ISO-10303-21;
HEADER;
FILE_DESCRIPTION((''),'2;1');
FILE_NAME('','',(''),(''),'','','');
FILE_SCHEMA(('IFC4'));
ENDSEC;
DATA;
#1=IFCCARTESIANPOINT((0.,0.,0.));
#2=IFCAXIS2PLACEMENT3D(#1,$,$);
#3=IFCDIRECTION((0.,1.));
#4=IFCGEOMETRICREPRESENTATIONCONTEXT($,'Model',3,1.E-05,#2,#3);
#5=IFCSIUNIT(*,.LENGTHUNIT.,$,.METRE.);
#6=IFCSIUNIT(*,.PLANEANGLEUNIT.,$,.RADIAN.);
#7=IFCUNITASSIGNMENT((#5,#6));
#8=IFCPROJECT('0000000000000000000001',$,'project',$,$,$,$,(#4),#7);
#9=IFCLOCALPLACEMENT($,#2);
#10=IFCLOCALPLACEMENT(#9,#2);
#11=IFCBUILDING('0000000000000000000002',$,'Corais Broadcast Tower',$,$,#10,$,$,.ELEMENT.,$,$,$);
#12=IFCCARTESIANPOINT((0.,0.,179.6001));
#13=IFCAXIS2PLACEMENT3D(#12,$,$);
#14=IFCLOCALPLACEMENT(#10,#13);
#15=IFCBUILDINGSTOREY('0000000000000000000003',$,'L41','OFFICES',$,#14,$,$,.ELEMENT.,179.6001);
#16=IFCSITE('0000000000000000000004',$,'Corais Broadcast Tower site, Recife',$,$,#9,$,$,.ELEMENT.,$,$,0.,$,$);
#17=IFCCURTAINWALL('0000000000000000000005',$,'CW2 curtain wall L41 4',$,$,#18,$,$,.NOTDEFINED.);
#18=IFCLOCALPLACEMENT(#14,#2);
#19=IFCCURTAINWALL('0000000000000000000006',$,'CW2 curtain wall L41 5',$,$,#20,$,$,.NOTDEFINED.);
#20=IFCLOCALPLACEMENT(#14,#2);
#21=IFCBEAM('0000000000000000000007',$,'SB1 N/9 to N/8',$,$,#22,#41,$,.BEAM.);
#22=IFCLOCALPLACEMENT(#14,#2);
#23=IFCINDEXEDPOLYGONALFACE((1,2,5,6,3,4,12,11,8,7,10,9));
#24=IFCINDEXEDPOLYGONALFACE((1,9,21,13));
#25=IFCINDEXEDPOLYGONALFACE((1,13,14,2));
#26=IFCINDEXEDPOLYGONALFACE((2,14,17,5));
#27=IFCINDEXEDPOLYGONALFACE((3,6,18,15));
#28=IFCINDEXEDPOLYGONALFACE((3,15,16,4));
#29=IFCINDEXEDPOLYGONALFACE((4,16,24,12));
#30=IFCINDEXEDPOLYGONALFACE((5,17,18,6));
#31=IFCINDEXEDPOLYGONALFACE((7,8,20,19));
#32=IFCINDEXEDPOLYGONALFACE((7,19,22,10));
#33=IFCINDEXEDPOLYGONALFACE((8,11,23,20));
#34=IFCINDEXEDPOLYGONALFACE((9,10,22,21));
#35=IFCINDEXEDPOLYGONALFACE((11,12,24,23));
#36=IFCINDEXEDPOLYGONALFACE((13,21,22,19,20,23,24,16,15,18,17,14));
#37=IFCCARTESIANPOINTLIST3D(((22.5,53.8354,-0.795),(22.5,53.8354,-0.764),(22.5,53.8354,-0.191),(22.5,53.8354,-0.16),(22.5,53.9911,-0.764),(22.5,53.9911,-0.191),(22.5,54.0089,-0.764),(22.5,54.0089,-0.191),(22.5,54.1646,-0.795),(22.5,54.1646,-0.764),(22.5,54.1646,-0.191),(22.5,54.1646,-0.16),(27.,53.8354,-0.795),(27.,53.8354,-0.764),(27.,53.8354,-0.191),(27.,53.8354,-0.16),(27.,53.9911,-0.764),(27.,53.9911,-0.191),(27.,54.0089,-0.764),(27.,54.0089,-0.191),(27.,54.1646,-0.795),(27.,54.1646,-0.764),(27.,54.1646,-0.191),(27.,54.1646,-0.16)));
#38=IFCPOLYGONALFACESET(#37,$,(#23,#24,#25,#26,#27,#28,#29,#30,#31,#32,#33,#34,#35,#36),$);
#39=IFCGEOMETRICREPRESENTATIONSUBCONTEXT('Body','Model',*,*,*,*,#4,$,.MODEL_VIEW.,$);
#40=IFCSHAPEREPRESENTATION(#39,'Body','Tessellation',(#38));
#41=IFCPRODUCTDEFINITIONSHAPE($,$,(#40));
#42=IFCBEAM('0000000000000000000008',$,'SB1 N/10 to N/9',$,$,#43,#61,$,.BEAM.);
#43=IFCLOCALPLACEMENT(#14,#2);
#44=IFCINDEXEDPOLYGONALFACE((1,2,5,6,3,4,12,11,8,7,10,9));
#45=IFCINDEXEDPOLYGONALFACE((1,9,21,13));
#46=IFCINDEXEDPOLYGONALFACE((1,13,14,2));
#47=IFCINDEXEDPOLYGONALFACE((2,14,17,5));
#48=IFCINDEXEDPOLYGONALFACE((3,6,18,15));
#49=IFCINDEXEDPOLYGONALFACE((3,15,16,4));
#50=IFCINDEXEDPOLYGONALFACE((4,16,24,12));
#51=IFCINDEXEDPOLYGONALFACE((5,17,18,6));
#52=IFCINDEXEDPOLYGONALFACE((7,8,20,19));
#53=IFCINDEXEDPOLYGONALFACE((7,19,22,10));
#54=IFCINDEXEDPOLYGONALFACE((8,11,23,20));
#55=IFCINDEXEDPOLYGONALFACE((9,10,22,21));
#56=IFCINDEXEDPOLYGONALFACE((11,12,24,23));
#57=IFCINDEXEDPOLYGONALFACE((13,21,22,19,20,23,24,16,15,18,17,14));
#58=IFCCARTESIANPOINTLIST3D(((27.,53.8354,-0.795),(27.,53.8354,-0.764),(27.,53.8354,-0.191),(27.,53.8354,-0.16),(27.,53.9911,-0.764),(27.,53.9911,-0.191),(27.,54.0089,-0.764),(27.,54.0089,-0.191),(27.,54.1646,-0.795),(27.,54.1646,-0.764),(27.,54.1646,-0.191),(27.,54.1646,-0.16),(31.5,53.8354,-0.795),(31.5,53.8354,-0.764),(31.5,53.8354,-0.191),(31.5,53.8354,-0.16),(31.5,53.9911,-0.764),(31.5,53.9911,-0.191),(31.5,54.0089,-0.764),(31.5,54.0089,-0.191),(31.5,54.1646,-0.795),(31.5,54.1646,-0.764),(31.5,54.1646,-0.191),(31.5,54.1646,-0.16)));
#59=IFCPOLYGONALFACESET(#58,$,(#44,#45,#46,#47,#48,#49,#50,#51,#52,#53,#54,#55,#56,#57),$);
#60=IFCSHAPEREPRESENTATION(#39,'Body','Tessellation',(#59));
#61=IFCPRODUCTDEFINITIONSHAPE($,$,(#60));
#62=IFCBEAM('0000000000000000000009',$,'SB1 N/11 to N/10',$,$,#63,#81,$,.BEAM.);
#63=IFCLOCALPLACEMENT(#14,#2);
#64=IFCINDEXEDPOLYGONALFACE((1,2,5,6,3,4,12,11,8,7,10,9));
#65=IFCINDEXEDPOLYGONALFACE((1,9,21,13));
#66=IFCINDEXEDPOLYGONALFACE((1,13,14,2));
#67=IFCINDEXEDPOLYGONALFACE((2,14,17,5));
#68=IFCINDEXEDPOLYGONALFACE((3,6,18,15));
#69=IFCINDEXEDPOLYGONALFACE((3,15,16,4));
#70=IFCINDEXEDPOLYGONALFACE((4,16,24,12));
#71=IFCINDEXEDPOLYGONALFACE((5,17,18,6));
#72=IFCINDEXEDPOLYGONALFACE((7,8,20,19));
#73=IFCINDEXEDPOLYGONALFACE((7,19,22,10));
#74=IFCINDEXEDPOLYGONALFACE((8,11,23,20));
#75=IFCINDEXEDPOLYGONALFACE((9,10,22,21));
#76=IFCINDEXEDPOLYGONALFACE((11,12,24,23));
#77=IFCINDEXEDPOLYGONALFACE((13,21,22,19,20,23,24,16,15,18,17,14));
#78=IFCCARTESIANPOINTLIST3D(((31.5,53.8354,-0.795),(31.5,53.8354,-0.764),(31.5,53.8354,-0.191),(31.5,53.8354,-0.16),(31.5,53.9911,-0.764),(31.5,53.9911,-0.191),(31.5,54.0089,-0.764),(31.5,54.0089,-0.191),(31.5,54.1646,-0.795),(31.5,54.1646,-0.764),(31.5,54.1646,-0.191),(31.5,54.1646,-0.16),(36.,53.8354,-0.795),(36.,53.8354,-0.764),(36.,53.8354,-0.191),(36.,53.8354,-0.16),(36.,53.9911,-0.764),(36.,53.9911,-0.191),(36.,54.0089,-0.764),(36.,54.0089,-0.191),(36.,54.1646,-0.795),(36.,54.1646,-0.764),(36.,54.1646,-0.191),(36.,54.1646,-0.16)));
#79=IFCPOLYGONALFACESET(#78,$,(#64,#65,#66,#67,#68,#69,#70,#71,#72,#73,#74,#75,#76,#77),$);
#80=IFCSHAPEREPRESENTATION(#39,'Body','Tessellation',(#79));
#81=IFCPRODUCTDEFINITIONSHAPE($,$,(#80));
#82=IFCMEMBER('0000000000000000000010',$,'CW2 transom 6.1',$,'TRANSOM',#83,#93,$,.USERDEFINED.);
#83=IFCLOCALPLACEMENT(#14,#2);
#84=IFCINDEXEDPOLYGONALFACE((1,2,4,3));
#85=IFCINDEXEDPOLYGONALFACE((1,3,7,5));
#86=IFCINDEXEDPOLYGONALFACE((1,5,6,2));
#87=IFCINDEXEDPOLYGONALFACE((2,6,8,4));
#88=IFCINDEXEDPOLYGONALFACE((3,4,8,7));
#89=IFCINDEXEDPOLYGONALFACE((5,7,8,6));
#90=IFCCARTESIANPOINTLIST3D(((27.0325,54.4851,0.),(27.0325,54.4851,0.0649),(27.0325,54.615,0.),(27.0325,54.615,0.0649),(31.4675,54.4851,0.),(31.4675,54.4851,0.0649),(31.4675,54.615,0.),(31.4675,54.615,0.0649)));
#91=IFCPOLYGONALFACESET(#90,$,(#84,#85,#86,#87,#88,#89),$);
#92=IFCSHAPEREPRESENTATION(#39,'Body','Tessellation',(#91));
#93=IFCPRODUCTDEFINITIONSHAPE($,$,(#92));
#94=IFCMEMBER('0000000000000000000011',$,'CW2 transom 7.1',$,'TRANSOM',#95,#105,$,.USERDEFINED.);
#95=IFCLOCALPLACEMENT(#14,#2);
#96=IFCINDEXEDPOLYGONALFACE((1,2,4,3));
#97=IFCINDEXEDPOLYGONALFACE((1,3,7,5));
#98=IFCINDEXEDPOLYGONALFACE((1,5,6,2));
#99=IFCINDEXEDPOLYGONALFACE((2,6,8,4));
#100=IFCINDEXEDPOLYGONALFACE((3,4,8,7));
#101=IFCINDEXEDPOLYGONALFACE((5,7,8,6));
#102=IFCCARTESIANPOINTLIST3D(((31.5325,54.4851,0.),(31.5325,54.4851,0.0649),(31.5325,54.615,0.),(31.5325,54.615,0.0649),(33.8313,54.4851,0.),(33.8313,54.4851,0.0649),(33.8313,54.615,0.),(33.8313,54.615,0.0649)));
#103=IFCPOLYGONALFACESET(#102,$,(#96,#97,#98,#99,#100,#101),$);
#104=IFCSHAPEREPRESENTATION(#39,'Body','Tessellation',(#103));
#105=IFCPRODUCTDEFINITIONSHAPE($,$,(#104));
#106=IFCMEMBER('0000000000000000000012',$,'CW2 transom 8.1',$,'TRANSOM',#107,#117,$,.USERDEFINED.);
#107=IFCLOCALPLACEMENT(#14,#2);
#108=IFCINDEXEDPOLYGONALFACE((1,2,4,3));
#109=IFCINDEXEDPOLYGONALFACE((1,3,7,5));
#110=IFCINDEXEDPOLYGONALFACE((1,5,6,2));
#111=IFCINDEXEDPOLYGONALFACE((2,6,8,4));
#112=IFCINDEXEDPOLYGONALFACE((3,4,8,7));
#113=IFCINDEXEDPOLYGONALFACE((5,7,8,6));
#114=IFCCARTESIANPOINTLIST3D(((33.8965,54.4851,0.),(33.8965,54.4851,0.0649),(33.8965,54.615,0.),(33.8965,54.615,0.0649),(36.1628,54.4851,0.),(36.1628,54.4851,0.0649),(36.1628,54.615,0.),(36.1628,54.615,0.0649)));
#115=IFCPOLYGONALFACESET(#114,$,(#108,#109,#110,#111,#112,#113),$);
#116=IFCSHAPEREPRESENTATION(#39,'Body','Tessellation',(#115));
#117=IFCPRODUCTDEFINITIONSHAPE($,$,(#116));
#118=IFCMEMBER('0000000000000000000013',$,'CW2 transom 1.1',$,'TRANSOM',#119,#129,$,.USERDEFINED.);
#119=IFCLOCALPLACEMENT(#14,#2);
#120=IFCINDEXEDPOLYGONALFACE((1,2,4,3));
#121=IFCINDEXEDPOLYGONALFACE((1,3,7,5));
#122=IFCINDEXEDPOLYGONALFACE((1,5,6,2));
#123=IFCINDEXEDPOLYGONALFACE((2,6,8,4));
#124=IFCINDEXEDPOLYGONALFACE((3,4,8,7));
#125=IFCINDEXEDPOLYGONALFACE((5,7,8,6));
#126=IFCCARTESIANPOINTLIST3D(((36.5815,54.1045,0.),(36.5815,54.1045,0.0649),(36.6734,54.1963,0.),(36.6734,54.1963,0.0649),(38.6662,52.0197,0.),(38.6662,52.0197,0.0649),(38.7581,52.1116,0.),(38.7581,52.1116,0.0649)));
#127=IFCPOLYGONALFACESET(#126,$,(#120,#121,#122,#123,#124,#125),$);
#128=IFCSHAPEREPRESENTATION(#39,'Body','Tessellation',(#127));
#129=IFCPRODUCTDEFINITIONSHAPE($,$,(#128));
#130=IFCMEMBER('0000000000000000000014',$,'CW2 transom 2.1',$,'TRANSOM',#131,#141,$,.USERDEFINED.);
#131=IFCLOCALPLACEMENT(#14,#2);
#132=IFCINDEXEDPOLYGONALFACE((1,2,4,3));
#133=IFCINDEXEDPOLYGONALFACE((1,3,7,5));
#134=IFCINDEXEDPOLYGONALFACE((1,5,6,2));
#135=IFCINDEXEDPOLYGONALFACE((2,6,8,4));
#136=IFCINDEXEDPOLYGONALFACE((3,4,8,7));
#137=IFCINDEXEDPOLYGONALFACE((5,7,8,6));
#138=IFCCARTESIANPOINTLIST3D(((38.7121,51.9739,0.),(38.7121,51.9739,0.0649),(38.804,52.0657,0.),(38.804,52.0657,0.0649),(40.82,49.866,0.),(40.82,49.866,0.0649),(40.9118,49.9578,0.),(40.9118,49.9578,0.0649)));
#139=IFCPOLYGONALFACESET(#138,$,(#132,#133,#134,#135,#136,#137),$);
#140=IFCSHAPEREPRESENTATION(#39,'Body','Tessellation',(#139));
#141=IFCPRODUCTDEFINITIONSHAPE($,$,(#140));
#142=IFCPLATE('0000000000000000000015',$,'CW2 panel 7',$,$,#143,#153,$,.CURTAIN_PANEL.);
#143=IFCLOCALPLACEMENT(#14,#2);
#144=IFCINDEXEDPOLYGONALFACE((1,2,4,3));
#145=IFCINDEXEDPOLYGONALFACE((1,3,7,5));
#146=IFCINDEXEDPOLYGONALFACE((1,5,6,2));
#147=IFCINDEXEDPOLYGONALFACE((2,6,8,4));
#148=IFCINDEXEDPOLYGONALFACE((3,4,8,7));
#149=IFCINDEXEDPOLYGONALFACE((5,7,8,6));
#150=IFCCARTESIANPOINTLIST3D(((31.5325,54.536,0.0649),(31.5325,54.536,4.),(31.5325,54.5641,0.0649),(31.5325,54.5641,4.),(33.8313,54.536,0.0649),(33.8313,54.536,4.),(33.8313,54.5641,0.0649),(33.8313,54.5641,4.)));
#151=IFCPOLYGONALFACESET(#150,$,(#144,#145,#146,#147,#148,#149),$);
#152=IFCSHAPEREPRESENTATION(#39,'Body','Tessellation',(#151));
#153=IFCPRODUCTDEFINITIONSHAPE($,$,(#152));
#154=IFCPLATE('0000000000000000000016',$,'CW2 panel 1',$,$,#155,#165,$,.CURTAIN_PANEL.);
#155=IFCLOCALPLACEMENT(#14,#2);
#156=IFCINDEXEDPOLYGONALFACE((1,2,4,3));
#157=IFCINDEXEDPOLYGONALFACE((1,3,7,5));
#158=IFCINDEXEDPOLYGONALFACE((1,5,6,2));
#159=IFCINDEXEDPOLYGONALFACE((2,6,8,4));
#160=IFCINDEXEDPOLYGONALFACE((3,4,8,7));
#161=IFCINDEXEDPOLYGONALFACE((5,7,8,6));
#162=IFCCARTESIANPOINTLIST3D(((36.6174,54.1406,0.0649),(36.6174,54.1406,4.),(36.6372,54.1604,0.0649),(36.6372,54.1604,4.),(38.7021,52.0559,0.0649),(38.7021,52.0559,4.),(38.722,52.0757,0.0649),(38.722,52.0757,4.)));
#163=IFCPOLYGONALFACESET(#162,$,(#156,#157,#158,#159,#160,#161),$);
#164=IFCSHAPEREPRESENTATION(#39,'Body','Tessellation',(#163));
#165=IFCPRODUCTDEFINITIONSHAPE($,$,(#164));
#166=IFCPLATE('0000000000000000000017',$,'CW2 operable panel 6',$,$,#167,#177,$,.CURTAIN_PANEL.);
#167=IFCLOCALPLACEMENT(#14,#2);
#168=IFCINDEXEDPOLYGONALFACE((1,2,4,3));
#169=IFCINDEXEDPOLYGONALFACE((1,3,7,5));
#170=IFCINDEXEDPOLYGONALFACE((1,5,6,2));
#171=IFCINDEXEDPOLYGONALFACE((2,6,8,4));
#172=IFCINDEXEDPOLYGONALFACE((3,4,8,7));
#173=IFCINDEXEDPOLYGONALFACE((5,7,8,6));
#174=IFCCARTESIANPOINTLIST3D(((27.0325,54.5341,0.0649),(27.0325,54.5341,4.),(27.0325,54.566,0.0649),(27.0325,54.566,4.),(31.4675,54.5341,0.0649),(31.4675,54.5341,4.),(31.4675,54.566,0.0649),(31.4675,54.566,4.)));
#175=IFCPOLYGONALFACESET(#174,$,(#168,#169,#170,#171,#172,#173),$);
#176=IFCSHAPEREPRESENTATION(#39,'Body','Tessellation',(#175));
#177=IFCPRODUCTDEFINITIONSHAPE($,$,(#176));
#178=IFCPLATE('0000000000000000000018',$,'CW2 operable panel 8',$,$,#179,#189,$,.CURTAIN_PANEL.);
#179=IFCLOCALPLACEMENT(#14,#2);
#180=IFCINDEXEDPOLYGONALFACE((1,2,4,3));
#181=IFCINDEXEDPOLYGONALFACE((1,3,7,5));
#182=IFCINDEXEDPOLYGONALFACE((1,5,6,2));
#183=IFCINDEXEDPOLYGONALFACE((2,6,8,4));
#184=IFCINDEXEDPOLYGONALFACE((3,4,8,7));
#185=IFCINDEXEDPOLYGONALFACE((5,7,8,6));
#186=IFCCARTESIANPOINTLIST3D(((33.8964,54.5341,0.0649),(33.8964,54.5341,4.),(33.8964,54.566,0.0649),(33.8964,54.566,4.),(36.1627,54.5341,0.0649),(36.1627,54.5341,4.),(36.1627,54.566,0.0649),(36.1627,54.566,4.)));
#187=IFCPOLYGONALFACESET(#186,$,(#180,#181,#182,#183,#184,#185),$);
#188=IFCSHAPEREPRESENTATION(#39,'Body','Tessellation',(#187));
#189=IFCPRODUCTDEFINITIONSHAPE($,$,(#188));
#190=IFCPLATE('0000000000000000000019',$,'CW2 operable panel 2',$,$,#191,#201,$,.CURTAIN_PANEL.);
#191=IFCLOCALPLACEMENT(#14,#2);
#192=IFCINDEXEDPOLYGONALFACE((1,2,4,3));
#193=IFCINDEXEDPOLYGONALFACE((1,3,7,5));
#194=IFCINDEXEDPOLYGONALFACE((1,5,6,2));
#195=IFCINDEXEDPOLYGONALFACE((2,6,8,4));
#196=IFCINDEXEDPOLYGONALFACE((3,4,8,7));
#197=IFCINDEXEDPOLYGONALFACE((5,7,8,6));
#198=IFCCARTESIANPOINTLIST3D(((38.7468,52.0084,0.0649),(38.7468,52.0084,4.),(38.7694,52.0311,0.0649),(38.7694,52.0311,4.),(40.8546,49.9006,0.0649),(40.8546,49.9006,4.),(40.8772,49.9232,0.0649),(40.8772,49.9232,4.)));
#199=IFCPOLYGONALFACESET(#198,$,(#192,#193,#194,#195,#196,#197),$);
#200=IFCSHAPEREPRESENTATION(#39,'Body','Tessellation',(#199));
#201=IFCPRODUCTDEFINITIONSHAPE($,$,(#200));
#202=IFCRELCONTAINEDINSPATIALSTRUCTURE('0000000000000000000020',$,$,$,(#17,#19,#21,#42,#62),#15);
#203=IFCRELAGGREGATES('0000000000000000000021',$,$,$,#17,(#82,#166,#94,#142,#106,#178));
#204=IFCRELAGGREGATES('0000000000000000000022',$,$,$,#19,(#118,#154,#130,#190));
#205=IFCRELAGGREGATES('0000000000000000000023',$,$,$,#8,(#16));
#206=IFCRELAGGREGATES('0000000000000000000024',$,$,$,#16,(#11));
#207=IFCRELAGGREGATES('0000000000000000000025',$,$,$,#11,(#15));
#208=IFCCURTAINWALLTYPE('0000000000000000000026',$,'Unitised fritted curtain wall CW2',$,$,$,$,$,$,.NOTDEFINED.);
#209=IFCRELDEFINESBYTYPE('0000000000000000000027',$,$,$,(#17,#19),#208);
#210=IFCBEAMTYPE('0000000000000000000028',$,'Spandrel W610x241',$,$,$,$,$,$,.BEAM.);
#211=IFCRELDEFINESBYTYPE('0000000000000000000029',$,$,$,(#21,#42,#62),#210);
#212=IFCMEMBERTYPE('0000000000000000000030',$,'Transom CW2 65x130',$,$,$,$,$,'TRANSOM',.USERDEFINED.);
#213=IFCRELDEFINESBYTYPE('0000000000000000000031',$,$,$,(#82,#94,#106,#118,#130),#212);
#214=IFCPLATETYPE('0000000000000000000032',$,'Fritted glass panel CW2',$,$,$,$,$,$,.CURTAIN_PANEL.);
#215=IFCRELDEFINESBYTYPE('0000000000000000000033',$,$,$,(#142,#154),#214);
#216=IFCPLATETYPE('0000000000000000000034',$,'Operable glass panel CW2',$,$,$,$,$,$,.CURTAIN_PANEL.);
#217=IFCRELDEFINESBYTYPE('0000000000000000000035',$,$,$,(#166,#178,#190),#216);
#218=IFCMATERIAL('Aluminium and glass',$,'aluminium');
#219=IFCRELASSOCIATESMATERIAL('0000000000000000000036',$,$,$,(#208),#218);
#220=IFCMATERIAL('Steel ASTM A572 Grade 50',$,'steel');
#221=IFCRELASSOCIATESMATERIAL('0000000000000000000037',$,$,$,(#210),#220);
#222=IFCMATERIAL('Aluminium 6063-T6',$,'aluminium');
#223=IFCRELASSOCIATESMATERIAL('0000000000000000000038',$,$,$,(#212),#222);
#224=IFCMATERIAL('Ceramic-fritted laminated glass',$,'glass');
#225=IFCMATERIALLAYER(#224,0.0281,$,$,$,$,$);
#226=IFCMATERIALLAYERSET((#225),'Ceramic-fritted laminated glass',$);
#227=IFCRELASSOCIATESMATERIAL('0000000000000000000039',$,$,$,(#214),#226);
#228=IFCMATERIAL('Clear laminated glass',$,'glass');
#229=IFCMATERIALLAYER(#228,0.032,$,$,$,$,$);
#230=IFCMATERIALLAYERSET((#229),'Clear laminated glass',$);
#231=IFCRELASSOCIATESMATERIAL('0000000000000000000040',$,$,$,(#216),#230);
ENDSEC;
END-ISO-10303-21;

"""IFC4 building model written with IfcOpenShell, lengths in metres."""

from ifc_helpers import new_model, si_unit, direction, frame, origin, origin_2d, place, context, subcontext, project, spatial, rectangle, i_section, extrude, material, layer, layer_set, material_profile, profile_set, type_object, element, aggregate, save


model = new_model("IFC4")

# Units and contexts
model_context = context("Model", 3, precision=1e-05, world=origin(), true_north=direction((0.0, 1.0)))
body_context = subcontext(model_context, "Body", "Model", "MODEL_VIEW")
ifc_project = project(units=[si_unit("LENGTHUNIT", "METRE"), si_unit("PLANEANGLEUNIT", "RADIAN")], contexts=[model_context])

# Site, building, storey
site_placement = place(None, origin())
site = spatial("IfcSite", under=ifc_project, at=site_placement, Name="Corais Broadcast Tower site, Recife", CompositionType="ELEMENT", RefElevation=0.0)
building_placement = place(site_placement, origin())
building = spatial("IfcBuilding", under=site, at=building_placement, Name="Corais Broadcast Tower", CompositionType="ELEMENT")
storey_placement = place(building_placement, frame((0.0, 0.0, 179.6001)))
storey = spatial("IfcBuildingStorey", under=building, at=storey_placement, Name="L41", Description="OFFICES", CompositionType="ELEMENT", Elevation=179.6001)

# Curtain walls
ifc_material_1 = material(Name="Aluminium and glass", Category="aluminium")
curtain_wall_type = type_object("IfcCurtainWallType", Name="Unitised fritted curtain wall CW2", PredefinedType="NOTDEFINED", material=ifc_material_1)
curtain_wall_1_placement = place(storey_placement, origin())
curtain_wall_1 = element("IfcCurtainWall", 1, at=curtain_wall_1_placement, inside=storey, type_object=curtain_wall_type, Name="CW2 curtain wall L41 4", PredefinedType="NOTDEFINED")
curtain_wall_2_placement = place(storey_placement, origin())
curtain_wall_2 = element("IfcCurtainWall", 2, at=curtain_wall_2_placement, inside=storey, type_object=curtain_wall_type, Name="CW2 curtain wall L41 5", PredefinedType="NOTDEFINED")

# Beams
ifc_material_2 = material(Name="Steel ASTM A572 Grade 50", Category="steel")
ifc_material_profile_1 = material_profile(ifc_material_2, i_section(OverallWidth=0.3291, OverallDepth=0.635, WebThickness=0.0178, FlangeThickness=0.031, at=origin_2d()), Name="W610x241")
ifc_profile_set_1 = profile_set([ifc_material_profile_1], Name="Steel ASTM A572 Grade 50")
beam_type_1 = type_object("IfcBeamType", Name="Spandrel W610x241", PredefinedType="BEAM", material=ifc_profile_set_1)
for number, where, z_axis, x_axis, name in (
    (3, (27.0, 54.0, -0.4775), (-1.0, 0.0, 0.0), (0.0, -1.0, 0.0), "SB1 N/9 to N/8"),
    (4, (31.5, 54.0, -0.4775), (-1.0, 0.0, 0.0), (0.0, -1.0, 0.0), "SB1 N/10 to N/9"),
    (5, (36.0, 54.0, -0.4775), (-1.0, 0.0, 0.0), (0.0, -1.0, 0.0), "SB1 N/11 to N/10"),
):
    element("IfcBeam", number, at=place(storey_placement, frame(where, z_axis=z_axis, x_axis=x_axis)), inside=storey, type_object=beam_type_1, Name=name, PredefinedType="BEAM", context=body_context, shape_type="SweptSolid", body=[
        extrude(i_section(OverallWidth=0.3291, OverallDepth=0.635, WebThickness=0.0178, FlangeThickness=0.031, at=origin_2d()), origin(), (0.0, 0.0, 1.0), 4.5),
    ])

# Members
ifc_material_3 = material(Name="Aluminium 6063-T6", Category="aluminium")
ifc_material_profile_2 = material_profile(ifc_material_3, rectangle(XDim=0.1299, YDim=0.0649, at=origin_2d()), Name="Transom CW2 65x130")
ifc_profile_set_2 = profile_set([ifc_material_profile_2], Name="Aluminium 6063-T6")
member_type_1 = type_object("IfcMemberType", Name="Transom CW2 65x130", ElementType="TRANSOM", PredefinedType="USERDEFINED", material=ifc_profile_set_2)
member_1_placement = place(storey_placement, frame((27.0325, 54.55, 0.0325), z_axis=(1.0, 0.0, 0.0), x_axis=(0.0, 1.0, 0.0)))
member_1 = element("IfcMember", 6, at=member_1_placement, type_object=member_type_1, Name="CW2 transom 6.1", ObjectType="TRANSOM", PredefinedType="USERDEFINED", context=body_context, shape_type="SweptSolid", body=[
    extrude(rectangle(XDim=0.1299, YDim=0.0649, at=origin_2d()), origin(), (0.0, 0.0, 1.0), 4.4351),
])
member_2_placement = place(storey_placement, frame((31.5325, 54.55, 0.0325), z_axis=(1.0, 0.0, 0.0), x_axis=(0.0, 1.0, 0.0)))
member_2 = element("IfcMember", 7, at=member_2_placement, type_object=member_type_1, Name="CW2 transom 7.1", ObjectType="TRANSOM", PredefinedType="USERDEFINED", context=body_context, shape_type="SweptSolid", body=[
    extrude(rectangle(XDim=0.1299, YDim=0.0649, at=origin_2d()), origin(), (0.0, 0.0, 1.0), 2.2988),
])
member_3_placement = place(storey_placement, frame((33.8965, 54.55, 0.0325), z_axis=(1.0, 0.0, 0.0), x_axis=(0.0, 1.0, 0.0)))
member_3 = element("IfcMember", 8, at=member_3_placement, type_object=member_type_1, Name="CW2 transom 8.1", ObjectType="TRANSOM", PredefinedType="USERDEFINED", context=body_context, shape_type="SweptSolid", body=[
    extrude(rectangle(XDim=0.1299, YDim=0.0649, at=origin_2d()), origin(), (0.0, 0.0, 1.0), 2.2664),
])
member_4_placement = place(storey_placement, frame((36.6274, 54.1504, 0.0325), z_axis=(0.707107, -0.707107, 0.0), x_axis=(0.707107, 0.707107, 0.0)))
member_4 = element("IfcMember", 9, at=member_4_placement, type_object=member_type_1, Name="CW2 transom 1.1", ObjectType="TRANSOM", PredefinedType="USERDEFINED", context=body_context, shape_type="SweptSolid", body=[
    extrude(rectangle(XDim=0.1299, YDim=0.0649, at=origin_2d()), origin(), (0.0, 0.0, 1.0), 2.9482),
])
member_5_placement = place(storey_placement, frame((38.7581, 52.0198, 0.0325), z_axis=(0.707107, -0.707107, 0.0), x_axis=(0.707107, 0.707107, 0.0)))
member_5 = element("IfcMember", 10, at=member_5_placement, type_object=member_type_1, Name="CW2 transom 2.1", ObjectType="TRANSOM", PredefinedType="USERDEFINED", context=body_context, shape_type="SweptSolid", body=[
    extrude(rectangle(XDim=0.1299, YDim=0.0649, at=origin_2d()), origin(), (0.0, 0.0, 1.0), 2.981),
])

# Plates
ifc_material_4 = material(Name="Ceramic-fritted laminated glass", Category="glass")
ifc_layer_1 = layer(ifc_material_4, 0.0281)
ifc_layer_set_1 = layer_set([ifc_layer_1], Name="Ceramic-fritted laminated glass")
plate_type_1 = type_object("IfcPlateType", Name="Fritted glass panel CW2", PredefinedType="CURTAIN_PANEL", material=ifc_layer_set_1)
plate_1_placement = place(storey_placement, frame((32.6819, 54.55, 0.0649), z_axis=(0.0, 0.0, 1.0), x_axis=(1.0, 0.0, 0.0)))
plate_1 = element("IfcPlate", 11, at=plate_1_placement, type_object=plate_type_1, Name="CW2 panel 7", PredefinedType="CURTAIN_PANEL", context=body_context, shape_type="SweptSolid", body=[
    extrude(rectangle(XDim=2.2988, YDim=0.0281, at=origin_2d()), origin(), (0.0, 0.0, 1.0), 3.9351),
])
plate_2_placement = place(storey_placement, frame((37.6697, 53.1082, 0.0649), z_axis=(0.0, 0.0, 1.0), x_axis=(0.707107, -0.707107, 0.0)))
plate_2 = element("IfcPlate", 12, at=plate_2_placement, type_object=plate_type_1, Name="CW2 panel 1", PredefinedType="CURTAIN_PANEL", context=body_context, shape_type="SweptSolid", body=[
    extrude(rectangle(XDim=2.9482, YDim=0.0281, at=origin_2d()), origin(), (0.0, 0.0, 1.0), 3.9351),
])
ifc_material_5 = material(Name="Clear laminated glass", Category="glass")
ifc_layer_2 = layer(ifc_material_5, 0.032)
ifc_layer_set_2 = layer_set([ifc_layer_2], Name="Clear laminated glass")
plate_type_2 = type_object("IfcPlateType", Name="Operable glass panel CW2", PredefinedType="CURTAIN_PANEL", material=ifc_layer_set_2)
plate_3_placement = place(storey_placement, frame((29.25, 54.55, 0.0649), z_axis=(0.0, 0.0, 1.0), x_axis=(1.0, 0.0, 0.0)))
plate_3 = element("IfcPlate", 13, at=plate_3_placement, type_object=plate_type_2, Name="CW2 operable panel 6", PredefinedType="CURTAIN_PANEL", context=body_context, shape_type="SweptSolid", body=[
    extrude(rectangle(XDim=4.4351, YDim=0.032, at=origin_2d()), origin(), (0.0, 0.0, 1.0), 3.9351),
])
plate_4_placement = place(storey_placement, frame((35.0295, 54.55, 0.0649), z_axis=(0.0, 0.0, 1.0), x_axis=(1.0, 0.0, 0.0)))
plate_4 = element("IfcPlate", 14, at=plate_4_placement, type_object=plate_type_2, Name="CW2 operable panel 8", PredefinedType="CURTAIN_PANEL", context=body_context, shape_type="SweptSolid", body=[
    extrude(rectangle(XDim=2.2664, YDim=0.032, at=origin_2d()), origin(), (0.0, 0.0, 1.0), 3.9351),
])
aggregate(curtain_wall_1, [member_1, plate_3, member_2, plate_1, member_3, plate_4])
plate_5_placement = place(storey_placement, frame((39.812, 50.9658, 0.0649), z_axis=(0.0, 0.0, 1.0), x_axis=(0.707107, -0.707107, 0.0)))
plate_5 = element("IfcPlate", 15, at=plate_5_placement, type_object=plate_type_2, Name="CW2 operable panel 2", PredefinedType="CURTAIN_PANEL", context=body_context, shape_type="SweptSolid", body=[
    extrude(rectangle(XDim=2.981, YDim=0.032, at=origin_2d()), origin(), (0.0, 0.0, 1.0), 3.9351),
])
aggregate(curtain_wall_2, [member_4, plate_2, member_5, plate_5])

save(model, "model.ifc")
